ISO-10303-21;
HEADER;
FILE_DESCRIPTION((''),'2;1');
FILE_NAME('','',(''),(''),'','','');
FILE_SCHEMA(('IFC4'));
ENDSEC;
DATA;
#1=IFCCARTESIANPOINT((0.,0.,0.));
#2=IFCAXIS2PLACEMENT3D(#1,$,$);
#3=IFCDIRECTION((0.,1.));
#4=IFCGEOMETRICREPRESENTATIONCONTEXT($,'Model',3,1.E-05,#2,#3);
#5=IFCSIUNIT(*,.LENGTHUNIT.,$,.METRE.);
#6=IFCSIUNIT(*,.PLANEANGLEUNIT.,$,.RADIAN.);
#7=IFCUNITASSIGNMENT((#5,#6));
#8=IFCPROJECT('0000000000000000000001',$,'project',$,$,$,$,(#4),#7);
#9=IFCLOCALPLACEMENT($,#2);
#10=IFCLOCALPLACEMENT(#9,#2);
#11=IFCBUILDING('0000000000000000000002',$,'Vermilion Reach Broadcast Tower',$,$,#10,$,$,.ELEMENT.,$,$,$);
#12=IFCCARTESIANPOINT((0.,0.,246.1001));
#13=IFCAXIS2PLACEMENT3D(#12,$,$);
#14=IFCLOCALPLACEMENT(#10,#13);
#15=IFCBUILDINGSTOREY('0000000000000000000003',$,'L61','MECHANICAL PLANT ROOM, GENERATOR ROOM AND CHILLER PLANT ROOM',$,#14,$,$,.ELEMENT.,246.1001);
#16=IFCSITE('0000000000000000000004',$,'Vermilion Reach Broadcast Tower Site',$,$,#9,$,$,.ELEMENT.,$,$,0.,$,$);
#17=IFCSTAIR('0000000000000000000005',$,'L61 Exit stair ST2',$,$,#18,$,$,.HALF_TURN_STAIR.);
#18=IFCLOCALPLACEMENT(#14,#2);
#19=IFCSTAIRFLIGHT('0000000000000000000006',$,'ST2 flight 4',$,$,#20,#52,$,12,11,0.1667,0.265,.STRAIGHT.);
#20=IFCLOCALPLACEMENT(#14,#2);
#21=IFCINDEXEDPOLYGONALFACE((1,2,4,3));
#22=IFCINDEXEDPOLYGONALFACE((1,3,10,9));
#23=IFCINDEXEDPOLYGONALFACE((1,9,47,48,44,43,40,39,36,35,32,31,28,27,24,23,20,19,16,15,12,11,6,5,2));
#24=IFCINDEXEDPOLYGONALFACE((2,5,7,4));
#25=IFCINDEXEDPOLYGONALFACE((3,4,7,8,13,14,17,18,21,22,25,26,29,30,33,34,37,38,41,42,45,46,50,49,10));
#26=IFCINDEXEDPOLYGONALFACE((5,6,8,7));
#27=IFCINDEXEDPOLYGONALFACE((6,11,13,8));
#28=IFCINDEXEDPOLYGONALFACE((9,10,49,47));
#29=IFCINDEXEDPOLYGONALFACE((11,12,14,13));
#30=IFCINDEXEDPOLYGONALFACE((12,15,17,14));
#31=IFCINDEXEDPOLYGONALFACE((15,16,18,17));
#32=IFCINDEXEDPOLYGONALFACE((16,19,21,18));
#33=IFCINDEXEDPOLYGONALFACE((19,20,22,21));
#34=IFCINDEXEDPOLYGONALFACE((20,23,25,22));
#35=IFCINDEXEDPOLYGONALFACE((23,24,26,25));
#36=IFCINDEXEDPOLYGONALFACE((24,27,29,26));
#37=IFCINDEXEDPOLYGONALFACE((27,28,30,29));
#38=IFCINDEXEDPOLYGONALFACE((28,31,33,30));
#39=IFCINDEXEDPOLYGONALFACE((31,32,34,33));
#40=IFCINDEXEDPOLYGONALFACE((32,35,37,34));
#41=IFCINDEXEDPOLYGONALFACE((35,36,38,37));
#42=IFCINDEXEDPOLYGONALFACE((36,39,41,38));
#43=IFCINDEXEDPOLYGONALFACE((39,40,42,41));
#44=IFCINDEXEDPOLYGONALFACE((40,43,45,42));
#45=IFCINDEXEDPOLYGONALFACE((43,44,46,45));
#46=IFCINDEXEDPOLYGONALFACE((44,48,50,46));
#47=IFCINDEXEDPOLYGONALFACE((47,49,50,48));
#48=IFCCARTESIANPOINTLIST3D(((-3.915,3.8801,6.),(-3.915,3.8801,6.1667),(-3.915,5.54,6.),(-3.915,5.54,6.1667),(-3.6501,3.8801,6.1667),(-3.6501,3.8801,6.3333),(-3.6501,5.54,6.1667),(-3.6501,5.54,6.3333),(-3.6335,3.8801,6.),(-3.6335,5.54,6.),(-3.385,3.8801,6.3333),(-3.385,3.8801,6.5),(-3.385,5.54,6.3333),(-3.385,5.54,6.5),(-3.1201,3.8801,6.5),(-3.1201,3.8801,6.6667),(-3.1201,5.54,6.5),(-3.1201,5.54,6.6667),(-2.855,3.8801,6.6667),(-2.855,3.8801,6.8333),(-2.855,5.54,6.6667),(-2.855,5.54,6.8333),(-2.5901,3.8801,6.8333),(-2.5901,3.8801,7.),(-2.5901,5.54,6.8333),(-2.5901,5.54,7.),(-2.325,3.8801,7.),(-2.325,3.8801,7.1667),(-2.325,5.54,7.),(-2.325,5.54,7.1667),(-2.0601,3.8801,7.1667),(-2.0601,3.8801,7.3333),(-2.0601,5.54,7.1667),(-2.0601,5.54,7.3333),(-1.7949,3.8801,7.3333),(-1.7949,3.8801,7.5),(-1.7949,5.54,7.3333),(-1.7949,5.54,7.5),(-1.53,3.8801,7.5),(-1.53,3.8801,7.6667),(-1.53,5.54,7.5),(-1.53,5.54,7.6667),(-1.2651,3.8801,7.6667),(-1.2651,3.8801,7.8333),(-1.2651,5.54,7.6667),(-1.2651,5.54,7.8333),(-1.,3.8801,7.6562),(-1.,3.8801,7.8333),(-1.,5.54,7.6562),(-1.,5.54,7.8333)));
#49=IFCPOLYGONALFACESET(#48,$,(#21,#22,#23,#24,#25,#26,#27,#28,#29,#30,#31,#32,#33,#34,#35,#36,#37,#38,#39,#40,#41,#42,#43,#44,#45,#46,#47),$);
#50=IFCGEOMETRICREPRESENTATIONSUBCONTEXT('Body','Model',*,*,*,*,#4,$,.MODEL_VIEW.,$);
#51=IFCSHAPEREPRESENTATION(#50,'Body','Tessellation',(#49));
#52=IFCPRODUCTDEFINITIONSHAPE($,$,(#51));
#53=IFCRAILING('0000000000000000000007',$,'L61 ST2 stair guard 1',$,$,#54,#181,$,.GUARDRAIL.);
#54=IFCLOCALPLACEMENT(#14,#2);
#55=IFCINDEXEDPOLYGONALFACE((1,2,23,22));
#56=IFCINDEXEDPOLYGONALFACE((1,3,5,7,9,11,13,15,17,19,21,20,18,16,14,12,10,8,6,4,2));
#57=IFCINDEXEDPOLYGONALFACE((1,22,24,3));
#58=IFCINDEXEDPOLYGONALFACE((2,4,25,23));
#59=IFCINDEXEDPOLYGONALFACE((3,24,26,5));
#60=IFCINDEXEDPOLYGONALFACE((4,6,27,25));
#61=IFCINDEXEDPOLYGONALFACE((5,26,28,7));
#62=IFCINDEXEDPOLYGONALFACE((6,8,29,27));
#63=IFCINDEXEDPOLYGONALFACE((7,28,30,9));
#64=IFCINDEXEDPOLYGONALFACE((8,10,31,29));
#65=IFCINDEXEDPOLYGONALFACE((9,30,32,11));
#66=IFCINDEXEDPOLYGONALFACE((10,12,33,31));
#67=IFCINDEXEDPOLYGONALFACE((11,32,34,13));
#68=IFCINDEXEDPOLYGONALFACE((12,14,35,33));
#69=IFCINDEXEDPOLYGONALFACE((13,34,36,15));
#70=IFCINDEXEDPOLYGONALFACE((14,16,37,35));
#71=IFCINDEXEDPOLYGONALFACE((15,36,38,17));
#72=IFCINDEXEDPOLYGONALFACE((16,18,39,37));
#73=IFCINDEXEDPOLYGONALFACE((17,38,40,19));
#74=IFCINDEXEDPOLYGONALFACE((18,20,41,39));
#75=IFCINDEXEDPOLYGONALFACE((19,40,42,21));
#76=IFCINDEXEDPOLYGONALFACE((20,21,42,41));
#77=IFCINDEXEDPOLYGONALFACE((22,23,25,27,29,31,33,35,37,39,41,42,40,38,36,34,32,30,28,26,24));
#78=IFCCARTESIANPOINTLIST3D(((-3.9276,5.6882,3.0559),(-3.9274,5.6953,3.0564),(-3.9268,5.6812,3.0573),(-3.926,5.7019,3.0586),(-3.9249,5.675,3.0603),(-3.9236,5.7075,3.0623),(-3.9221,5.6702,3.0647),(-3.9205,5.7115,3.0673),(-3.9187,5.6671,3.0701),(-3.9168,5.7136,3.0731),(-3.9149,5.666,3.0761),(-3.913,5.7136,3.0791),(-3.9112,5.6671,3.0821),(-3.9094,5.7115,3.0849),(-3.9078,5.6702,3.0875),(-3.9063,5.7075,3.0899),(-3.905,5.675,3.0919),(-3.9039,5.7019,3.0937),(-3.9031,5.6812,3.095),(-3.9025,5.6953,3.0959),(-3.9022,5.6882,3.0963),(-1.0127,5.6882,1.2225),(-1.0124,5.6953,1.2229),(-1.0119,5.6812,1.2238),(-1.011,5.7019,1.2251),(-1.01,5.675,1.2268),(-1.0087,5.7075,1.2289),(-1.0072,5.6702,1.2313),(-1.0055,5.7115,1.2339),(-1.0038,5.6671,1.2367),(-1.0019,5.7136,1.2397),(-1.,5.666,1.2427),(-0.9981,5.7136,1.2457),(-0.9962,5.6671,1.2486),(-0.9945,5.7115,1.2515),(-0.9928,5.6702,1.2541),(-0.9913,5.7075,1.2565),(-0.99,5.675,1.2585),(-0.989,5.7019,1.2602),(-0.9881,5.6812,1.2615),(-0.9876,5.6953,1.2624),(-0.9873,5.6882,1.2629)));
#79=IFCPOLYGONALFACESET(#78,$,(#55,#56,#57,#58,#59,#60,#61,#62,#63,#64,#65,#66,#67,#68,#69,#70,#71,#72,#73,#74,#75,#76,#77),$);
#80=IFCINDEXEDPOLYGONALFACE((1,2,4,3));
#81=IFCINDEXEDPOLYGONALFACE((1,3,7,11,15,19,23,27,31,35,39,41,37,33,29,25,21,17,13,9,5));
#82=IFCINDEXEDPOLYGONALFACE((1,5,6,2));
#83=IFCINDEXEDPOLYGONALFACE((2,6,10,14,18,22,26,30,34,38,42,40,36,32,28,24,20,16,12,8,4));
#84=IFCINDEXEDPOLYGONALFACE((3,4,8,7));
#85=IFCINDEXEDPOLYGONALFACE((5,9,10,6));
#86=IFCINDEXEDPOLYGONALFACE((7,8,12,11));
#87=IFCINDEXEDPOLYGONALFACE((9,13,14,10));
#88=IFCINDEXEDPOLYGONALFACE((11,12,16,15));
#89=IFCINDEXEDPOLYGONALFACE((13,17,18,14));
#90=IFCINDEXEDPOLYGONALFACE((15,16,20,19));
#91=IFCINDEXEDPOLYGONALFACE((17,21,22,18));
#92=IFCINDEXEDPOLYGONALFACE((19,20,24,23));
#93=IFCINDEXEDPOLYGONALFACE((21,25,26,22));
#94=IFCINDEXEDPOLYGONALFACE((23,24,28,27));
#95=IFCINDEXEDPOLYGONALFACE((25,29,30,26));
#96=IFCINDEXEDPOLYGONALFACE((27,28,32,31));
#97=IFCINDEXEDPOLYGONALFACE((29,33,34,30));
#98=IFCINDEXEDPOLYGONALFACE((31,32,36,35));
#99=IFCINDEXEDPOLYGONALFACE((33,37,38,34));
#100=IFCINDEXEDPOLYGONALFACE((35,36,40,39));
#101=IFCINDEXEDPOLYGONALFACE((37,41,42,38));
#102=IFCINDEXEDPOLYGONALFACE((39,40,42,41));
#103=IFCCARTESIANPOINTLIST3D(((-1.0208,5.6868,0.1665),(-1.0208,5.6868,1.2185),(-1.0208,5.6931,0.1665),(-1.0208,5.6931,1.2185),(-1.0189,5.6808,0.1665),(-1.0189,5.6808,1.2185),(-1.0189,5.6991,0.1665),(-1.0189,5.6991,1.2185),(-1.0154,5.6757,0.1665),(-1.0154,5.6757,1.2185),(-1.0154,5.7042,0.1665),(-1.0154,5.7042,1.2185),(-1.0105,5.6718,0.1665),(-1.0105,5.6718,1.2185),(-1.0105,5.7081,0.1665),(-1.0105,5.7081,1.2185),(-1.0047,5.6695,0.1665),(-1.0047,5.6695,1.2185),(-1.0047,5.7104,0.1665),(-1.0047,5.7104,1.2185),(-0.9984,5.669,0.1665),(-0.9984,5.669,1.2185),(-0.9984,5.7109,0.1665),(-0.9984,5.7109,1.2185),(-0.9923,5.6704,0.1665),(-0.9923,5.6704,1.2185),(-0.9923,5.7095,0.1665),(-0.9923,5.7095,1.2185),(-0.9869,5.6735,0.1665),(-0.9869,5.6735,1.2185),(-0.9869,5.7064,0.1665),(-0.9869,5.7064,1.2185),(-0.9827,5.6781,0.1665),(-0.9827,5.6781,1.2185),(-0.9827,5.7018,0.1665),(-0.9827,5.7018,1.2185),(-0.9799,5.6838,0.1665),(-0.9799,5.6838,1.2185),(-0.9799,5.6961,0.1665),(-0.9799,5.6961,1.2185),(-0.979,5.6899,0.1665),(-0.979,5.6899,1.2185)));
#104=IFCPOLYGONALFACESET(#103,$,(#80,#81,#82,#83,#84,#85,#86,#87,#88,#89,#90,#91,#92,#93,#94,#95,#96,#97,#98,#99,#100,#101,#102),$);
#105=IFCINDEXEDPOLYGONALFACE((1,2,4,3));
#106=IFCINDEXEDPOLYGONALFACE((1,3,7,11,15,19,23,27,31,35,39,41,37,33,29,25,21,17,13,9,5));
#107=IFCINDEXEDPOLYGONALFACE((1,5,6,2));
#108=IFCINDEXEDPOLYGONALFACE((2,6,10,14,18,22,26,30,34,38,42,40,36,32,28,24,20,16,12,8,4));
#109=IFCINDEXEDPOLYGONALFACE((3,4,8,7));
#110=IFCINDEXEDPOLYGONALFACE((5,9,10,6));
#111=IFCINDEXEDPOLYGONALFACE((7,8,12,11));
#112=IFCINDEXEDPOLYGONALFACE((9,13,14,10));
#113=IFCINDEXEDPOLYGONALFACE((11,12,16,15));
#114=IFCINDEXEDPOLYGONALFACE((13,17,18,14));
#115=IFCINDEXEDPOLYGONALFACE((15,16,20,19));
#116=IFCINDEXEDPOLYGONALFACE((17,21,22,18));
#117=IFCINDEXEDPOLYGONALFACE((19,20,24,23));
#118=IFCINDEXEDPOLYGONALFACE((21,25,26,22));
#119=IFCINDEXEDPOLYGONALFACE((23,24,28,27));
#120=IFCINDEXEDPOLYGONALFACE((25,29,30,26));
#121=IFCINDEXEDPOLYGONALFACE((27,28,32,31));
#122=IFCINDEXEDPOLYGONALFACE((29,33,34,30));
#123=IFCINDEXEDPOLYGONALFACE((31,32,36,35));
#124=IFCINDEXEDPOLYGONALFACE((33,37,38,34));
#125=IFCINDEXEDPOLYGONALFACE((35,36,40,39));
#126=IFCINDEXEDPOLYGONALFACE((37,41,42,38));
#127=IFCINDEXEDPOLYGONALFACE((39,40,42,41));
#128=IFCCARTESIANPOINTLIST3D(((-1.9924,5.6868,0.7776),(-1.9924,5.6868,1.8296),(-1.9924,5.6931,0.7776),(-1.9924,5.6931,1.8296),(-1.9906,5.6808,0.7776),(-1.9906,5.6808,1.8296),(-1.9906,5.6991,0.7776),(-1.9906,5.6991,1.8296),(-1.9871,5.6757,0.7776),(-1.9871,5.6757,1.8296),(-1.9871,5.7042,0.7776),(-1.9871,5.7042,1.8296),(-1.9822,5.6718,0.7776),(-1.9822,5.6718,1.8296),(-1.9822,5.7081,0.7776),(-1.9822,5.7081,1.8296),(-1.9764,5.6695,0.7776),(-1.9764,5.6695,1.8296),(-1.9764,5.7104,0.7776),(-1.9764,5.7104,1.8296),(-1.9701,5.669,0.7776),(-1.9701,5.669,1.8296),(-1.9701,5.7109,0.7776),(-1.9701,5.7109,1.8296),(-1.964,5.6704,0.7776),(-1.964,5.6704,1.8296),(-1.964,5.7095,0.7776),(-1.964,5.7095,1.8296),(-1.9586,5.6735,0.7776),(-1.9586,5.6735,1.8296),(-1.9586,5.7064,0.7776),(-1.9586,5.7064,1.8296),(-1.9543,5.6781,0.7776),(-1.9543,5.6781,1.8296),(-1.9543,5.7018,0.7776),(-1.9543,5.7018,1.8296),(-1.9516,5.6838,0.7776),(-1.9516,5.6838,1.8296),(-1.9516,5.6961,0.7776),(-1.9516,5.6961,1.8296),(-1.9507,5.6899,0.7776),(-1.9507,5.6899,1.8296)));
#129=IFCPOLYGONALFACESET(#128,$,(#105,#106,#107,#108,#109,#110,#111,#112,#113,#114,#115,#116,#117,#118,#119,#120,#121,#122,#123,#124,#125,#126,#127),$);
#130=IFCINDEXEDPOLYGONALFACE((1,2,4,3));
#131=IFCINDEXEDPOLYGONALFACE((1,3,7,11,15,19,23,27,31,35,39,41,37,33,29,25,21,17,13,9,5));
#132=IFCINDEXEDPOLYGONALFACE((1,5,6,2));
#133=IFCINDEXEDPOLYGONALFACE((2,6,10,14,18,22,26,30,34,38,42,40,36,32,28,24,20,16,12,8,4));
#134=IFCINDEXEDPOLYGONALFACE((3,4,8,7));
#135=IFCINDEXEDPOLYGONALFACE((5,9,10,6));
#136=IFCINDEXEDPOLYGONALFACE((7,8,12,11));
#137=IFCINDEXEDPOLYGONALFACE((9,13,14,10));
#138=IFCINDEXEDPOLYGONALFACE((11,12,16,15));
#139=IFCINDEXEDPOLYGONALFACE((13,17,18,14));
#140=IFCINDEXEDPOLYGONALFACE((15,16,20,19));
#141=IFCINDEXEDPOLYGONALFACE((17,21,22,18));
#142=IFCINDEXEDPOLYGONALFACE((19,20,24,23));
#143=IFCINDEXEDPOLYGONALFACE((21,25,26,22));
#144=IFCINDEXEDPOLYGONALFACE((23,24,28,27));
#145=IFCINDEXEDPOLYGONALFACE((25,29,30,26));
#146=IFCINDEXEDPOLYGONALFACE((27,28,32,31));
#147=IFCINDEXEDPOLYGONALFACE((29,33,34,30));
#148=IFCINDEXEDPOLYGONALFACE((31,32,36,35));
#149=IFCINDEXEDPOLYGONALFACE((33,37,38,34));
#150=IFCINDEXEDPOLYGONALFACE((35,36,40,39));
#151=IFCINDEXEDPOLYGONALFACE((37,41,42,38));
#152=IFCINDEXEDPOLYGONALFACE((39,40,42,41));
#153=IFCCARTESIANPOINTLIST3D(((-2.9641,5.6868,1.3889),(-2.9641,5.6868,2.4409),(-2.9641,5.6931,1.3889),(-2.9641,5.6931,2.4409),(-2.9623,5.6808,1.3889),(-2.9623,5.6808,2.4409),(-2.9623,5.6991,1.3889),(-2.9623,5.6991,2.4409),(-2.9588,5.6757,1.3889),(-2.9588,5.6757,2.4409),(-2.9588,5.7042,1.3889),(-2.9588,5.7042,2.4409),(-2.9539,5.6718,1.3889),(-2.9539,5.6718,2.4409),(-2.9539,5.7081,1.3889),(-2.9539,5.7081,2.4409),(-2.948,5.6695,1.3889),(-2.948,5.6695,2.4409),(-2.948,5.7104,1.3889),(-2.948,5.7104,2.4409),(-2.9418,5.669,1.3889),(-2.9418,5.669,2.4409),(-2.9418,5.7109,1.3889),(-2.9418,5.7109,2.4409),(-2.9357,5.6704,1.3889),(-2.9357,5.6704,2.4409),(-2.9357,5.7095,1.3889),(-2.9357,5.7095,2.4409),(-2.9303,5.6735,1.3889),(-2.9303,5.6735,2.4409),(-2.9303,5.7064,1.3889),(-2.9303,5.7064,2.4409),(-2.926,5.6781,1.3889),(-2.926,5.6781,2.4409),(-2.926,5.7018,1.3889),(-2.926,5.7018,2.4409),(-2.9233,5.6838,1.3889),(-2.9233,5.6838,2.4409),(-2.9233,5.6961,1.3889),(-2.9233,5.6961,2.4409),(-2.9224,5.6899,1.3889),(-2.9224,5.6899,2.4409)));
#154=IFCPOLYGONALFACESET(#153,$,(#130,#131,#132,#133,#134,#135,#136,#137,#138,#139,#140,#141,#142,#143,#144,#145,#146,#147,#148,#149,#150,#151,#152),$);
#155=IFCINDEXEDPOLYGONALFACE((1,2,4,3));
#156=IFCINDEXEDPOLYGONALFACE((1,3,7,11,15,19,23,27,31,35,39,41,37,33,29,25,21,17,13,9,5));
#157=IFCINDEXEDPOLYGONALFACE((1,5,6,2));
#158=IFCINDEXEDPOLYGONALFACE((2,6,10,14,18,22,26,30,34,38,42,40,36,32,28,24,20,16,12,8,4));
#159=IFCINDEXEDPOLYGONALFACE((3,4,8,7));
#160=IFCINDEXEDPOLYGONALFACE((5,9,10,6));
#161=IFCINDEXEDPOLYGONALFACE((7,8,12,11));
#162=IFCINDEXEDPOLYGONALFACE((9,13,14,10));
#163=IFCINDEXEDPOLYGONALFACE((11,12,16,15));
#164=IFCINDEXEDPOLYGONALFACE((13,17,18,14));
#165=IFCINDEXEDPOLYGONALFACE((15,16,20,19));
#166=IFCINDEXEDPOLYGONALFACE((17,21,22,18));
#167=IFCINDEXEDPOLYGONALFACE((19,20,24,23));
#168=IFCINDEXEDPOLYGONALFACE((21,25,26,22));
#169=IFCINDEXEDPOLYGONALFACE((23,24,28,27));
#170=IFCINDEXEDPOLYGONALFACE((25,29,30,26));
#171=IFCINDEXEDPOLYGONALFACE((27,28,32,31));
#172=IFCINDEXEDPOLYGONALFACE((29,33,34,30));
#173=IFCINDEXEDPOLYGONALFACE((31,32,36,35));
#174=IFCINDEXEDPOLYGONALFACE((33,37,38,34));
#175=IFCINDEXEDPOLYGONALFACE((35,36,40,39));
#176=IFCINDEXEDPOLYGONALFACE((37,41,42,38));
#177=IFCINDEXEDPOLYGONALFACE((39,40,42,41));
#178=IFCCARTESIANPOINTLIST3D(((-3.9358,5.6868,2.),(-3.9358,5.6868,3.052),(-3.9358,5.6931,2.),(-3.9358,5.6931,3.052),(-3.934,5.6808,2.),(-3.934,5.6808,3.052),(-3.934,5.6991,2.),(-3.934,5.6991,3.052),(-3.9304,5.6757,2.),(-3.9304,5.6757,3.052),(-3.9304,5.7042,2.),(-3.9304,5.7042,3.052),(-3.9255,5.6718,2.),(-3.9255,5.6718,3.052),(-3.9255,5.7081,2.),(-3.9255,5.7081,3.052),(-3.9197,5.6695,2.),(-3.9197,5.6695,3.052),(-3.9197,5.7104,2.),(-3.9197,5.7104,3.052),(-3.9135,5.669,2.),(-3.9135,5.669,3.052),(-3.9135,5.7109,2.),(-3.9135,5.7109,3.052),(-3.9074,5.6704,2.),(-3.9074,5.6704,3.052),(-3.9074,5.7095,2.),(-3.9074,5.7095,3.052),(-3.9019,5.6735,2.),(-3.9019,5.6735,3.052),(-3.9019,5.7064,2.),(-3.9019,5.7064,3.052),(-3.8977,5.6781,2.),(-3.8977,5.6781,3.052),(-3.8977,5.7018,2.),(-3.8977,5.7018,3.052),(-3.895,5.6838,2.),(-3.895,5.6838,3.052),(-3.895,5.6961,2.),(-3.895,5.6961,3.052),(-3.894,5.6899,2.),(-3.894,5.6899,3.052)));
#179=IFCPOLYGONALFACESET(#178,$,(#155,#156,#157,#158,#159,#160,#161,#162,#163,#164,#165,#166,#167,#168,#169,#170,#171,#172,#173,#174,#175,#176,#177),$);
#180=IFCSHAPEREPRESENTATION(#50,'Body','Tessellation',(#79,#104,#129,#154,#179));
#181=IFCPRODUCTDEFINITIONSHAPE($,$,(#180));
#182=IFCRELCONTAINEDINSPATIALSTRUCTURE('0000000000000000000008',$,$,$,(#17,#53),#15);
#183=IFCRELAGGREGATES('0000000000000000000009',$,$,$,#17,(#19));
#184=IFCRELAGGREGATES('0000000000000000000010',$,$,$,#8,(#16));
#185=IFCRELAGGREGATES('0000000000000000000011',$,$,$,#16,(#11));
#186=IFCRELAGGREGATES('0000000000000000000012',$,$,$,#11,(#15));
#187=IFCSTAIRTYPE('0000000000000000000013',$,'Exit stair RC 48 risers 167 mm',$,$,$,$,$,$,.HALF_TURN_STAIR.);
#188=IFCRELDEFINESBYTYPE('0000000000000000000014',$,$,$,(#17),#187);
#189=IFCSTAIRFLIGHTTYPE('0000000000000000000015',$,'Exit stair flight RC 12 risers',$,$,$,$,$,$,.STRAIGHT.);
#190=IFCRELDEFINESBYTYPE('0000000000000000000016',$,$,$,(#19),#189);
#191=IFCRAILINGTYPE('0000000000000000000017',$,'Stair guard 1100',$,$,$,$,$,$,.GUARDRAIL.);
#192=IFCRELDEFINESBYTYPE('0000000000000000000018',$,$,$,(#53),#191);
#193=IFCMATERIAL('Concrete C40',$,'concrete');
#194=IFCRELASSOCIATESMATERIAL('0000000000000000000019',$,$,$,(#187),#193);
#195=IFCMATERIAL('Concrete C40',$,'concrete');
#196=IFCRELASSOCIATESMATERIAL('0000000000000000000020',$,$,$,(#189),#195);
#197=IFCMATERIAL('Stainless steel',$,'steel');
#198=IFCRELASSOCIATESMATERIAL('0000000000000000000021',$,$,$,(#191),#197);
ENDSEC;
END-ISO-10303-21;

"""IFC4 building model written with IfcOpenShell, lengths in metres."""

from ifc_helpers import new_model, si_unit, direction, frame, origin, origin_2d, place, context, subcontext, project, spatial, polyline, circle, outline, extrude, material, type_object, element, aggregate, save


model = new_model("IFC4")

# Units and contexts
model_context = context("Model", 3, precision=1e-05, world=origin(), true_north=direction((0.0, 1.0)))
body_context = subcontext(model_context, "Body", "Model", "MODEL_VIEW")
ifc_project = project(units=[si_unit("LENGTHUNIT", "METRE"), si_unit("PLANEANGLEUNIT", "RADIAN")], contexts=[model_context])

# Site, building, storey
site_placement = place(None, origin())
site = spatial("IfcSite", under=ifc_project, at=site_placement, Name="Vermilion Reach Broadcast Tower Site", CompositionType="ELEMENT", RefElevation=0.0)
building_placement = place(site_placement, origin())
building = spatial("IfcBuilding", under=site, at=building_placement, Name="Vermilion Reach Broadcast Tower", CompositionType="ELEMENT")
storey_placement = place(building_placement, frame((0.0, 0.0, 246.1001)))
storey = spatial("IfcBuildingStorey", under=building, at=storey_placement, Name="L61", Description="MECHANICAL PLANT ROOM, GENERATOR ROOM AND CHILLER PLANT ROOM", CompositionType="ELEMENT", Elevation=246.1001)

# Stair, stair flight
ifc_material_1 = material(Name="Concrete C40", Category="concrete")
stair_type = type_object("IfcStairType", Name="Exit stair RC 48 risers 167 mm", PredefinedType="HALF_TURN_STAIR", material=ifc_material_1)
stair_placement = place(storey_placement, origin())
stair = element("IfcStair", 1, at=stair_placement, inside=storey, type_object=stair_type, Name="L61 Exit stair ST2", PredefinedType="HALF_TURN_STAIR")
ifc_material_2 = material(Name="Concrete C40", Category="concrete")
stair_flight_type = type_object("IfcStairFlightType", Name="Exit stair flight RC 12 risers", PredefinedType="STRAIGHT", material=ifc_material_2)
stair_flight_1_placement = place(storey_placement, frame((-3.915, 4.71, 6.0), z_axis=(0.0, 0.0, 1.0), x_axis=(1.0, 0.0, 0.0)))
stair_flight_1 = element("IfcStairFlight", 2, at=stair_flight_1_placement, type_object=stair_flight_type, Name="ST2 flight 4", NumberOfRisers=12, NumberOfTreads=11, PredefinedType="STRAIGHT", RiserHeight=0.1667, TreadLength=0.265, context=body_context, shape_type="SweptSolid", body=[
    extrude(outline(polyline([(0.0, 0.0), (0.0, 0.1667), (0.2649, 0.1667), (0.2649, 0.3333), (0.53, 0.3333), (0.53, 0.5), (0.7949, 0.5), (0.7949, 0.6667), (1.0601, 0.6667), (1.0601, 0.8333), (1.325, 0.8333), (1.325, 1.0), (1.5901, 1.0), (1.5901, 1.1667), (1.855, 1.1667), (1.855, 1.3333), (2.1201, 1.3333), (2.1201, 1.5), (2.385, 1.5), (2.385, 1.6667), (2.6499, 1.6667), (2.6499, 1.8333), (2.915, 1.8333), (2.915, 2.0), (2.915, 1.6562), (0.2815, 0.0), (0.0, 0.0)])), frame((0.0, 0.8301, 0.0), z_axis=(0.0, -1.0, 0.0), x_axis=(1.0, 0.0, 0.0)), (0.0, 0.0, 1.0), 1.6599),
])
aggregate(stair, [stair_flight_1])

# Railing
ifc_material_3 = material(Name="Stainless steel", Category="steel")
railing_type_1 = type_object("IfcRailingType", Name="Stair guard 1100", PredefinedType="GUARDRAIL", material=ifc_material_3)
railing_1_placement = place(storey_placement, frame((-1.0, 5.6899, 0.1665)))
element("IfcRailing", 3, at=railing_1_placement, inside=storey, type_object=railing_type_1, Name="L61 ST2 stair guard 1", PredefinedType="GUARDRAIL", context=body_context, shape_type="SweptSolid", body=[
    extrude(circle(Radius=0.0239, at=origin_2d()), frame((0.0, 0.0, 1.0762), z_axis=(-0.846481, 0.0, 0.532418), x_axis=(0.0, -1.0, 0.0)), (0.0, 0.0, 1.0), 3.4436),
    extrude(circle(Radius=0.021, at=origin_2d()), origin(), (0.0, 0.0, 1.0), 1.052),
    extrude(circle(Radius=0.021, at=origin_2d()), frame((-0.9717, 0.0, 0.6111)), (0.0, 0.0, 1.0), 1.052),
    extrude(circle(Radius=0.021, at=origin_2d()), frame((-1.9434, 0.0, 1.2224)), (0.0, 0.0, 1.0), 1.052),
    extrude(circle(Radius=0.021, at=origin_2d()), frame((-2.915, 0.0, 1.8335)), (0.0, 0.0, 1.0), 1.052),
])

save(model, "model.ifc")
